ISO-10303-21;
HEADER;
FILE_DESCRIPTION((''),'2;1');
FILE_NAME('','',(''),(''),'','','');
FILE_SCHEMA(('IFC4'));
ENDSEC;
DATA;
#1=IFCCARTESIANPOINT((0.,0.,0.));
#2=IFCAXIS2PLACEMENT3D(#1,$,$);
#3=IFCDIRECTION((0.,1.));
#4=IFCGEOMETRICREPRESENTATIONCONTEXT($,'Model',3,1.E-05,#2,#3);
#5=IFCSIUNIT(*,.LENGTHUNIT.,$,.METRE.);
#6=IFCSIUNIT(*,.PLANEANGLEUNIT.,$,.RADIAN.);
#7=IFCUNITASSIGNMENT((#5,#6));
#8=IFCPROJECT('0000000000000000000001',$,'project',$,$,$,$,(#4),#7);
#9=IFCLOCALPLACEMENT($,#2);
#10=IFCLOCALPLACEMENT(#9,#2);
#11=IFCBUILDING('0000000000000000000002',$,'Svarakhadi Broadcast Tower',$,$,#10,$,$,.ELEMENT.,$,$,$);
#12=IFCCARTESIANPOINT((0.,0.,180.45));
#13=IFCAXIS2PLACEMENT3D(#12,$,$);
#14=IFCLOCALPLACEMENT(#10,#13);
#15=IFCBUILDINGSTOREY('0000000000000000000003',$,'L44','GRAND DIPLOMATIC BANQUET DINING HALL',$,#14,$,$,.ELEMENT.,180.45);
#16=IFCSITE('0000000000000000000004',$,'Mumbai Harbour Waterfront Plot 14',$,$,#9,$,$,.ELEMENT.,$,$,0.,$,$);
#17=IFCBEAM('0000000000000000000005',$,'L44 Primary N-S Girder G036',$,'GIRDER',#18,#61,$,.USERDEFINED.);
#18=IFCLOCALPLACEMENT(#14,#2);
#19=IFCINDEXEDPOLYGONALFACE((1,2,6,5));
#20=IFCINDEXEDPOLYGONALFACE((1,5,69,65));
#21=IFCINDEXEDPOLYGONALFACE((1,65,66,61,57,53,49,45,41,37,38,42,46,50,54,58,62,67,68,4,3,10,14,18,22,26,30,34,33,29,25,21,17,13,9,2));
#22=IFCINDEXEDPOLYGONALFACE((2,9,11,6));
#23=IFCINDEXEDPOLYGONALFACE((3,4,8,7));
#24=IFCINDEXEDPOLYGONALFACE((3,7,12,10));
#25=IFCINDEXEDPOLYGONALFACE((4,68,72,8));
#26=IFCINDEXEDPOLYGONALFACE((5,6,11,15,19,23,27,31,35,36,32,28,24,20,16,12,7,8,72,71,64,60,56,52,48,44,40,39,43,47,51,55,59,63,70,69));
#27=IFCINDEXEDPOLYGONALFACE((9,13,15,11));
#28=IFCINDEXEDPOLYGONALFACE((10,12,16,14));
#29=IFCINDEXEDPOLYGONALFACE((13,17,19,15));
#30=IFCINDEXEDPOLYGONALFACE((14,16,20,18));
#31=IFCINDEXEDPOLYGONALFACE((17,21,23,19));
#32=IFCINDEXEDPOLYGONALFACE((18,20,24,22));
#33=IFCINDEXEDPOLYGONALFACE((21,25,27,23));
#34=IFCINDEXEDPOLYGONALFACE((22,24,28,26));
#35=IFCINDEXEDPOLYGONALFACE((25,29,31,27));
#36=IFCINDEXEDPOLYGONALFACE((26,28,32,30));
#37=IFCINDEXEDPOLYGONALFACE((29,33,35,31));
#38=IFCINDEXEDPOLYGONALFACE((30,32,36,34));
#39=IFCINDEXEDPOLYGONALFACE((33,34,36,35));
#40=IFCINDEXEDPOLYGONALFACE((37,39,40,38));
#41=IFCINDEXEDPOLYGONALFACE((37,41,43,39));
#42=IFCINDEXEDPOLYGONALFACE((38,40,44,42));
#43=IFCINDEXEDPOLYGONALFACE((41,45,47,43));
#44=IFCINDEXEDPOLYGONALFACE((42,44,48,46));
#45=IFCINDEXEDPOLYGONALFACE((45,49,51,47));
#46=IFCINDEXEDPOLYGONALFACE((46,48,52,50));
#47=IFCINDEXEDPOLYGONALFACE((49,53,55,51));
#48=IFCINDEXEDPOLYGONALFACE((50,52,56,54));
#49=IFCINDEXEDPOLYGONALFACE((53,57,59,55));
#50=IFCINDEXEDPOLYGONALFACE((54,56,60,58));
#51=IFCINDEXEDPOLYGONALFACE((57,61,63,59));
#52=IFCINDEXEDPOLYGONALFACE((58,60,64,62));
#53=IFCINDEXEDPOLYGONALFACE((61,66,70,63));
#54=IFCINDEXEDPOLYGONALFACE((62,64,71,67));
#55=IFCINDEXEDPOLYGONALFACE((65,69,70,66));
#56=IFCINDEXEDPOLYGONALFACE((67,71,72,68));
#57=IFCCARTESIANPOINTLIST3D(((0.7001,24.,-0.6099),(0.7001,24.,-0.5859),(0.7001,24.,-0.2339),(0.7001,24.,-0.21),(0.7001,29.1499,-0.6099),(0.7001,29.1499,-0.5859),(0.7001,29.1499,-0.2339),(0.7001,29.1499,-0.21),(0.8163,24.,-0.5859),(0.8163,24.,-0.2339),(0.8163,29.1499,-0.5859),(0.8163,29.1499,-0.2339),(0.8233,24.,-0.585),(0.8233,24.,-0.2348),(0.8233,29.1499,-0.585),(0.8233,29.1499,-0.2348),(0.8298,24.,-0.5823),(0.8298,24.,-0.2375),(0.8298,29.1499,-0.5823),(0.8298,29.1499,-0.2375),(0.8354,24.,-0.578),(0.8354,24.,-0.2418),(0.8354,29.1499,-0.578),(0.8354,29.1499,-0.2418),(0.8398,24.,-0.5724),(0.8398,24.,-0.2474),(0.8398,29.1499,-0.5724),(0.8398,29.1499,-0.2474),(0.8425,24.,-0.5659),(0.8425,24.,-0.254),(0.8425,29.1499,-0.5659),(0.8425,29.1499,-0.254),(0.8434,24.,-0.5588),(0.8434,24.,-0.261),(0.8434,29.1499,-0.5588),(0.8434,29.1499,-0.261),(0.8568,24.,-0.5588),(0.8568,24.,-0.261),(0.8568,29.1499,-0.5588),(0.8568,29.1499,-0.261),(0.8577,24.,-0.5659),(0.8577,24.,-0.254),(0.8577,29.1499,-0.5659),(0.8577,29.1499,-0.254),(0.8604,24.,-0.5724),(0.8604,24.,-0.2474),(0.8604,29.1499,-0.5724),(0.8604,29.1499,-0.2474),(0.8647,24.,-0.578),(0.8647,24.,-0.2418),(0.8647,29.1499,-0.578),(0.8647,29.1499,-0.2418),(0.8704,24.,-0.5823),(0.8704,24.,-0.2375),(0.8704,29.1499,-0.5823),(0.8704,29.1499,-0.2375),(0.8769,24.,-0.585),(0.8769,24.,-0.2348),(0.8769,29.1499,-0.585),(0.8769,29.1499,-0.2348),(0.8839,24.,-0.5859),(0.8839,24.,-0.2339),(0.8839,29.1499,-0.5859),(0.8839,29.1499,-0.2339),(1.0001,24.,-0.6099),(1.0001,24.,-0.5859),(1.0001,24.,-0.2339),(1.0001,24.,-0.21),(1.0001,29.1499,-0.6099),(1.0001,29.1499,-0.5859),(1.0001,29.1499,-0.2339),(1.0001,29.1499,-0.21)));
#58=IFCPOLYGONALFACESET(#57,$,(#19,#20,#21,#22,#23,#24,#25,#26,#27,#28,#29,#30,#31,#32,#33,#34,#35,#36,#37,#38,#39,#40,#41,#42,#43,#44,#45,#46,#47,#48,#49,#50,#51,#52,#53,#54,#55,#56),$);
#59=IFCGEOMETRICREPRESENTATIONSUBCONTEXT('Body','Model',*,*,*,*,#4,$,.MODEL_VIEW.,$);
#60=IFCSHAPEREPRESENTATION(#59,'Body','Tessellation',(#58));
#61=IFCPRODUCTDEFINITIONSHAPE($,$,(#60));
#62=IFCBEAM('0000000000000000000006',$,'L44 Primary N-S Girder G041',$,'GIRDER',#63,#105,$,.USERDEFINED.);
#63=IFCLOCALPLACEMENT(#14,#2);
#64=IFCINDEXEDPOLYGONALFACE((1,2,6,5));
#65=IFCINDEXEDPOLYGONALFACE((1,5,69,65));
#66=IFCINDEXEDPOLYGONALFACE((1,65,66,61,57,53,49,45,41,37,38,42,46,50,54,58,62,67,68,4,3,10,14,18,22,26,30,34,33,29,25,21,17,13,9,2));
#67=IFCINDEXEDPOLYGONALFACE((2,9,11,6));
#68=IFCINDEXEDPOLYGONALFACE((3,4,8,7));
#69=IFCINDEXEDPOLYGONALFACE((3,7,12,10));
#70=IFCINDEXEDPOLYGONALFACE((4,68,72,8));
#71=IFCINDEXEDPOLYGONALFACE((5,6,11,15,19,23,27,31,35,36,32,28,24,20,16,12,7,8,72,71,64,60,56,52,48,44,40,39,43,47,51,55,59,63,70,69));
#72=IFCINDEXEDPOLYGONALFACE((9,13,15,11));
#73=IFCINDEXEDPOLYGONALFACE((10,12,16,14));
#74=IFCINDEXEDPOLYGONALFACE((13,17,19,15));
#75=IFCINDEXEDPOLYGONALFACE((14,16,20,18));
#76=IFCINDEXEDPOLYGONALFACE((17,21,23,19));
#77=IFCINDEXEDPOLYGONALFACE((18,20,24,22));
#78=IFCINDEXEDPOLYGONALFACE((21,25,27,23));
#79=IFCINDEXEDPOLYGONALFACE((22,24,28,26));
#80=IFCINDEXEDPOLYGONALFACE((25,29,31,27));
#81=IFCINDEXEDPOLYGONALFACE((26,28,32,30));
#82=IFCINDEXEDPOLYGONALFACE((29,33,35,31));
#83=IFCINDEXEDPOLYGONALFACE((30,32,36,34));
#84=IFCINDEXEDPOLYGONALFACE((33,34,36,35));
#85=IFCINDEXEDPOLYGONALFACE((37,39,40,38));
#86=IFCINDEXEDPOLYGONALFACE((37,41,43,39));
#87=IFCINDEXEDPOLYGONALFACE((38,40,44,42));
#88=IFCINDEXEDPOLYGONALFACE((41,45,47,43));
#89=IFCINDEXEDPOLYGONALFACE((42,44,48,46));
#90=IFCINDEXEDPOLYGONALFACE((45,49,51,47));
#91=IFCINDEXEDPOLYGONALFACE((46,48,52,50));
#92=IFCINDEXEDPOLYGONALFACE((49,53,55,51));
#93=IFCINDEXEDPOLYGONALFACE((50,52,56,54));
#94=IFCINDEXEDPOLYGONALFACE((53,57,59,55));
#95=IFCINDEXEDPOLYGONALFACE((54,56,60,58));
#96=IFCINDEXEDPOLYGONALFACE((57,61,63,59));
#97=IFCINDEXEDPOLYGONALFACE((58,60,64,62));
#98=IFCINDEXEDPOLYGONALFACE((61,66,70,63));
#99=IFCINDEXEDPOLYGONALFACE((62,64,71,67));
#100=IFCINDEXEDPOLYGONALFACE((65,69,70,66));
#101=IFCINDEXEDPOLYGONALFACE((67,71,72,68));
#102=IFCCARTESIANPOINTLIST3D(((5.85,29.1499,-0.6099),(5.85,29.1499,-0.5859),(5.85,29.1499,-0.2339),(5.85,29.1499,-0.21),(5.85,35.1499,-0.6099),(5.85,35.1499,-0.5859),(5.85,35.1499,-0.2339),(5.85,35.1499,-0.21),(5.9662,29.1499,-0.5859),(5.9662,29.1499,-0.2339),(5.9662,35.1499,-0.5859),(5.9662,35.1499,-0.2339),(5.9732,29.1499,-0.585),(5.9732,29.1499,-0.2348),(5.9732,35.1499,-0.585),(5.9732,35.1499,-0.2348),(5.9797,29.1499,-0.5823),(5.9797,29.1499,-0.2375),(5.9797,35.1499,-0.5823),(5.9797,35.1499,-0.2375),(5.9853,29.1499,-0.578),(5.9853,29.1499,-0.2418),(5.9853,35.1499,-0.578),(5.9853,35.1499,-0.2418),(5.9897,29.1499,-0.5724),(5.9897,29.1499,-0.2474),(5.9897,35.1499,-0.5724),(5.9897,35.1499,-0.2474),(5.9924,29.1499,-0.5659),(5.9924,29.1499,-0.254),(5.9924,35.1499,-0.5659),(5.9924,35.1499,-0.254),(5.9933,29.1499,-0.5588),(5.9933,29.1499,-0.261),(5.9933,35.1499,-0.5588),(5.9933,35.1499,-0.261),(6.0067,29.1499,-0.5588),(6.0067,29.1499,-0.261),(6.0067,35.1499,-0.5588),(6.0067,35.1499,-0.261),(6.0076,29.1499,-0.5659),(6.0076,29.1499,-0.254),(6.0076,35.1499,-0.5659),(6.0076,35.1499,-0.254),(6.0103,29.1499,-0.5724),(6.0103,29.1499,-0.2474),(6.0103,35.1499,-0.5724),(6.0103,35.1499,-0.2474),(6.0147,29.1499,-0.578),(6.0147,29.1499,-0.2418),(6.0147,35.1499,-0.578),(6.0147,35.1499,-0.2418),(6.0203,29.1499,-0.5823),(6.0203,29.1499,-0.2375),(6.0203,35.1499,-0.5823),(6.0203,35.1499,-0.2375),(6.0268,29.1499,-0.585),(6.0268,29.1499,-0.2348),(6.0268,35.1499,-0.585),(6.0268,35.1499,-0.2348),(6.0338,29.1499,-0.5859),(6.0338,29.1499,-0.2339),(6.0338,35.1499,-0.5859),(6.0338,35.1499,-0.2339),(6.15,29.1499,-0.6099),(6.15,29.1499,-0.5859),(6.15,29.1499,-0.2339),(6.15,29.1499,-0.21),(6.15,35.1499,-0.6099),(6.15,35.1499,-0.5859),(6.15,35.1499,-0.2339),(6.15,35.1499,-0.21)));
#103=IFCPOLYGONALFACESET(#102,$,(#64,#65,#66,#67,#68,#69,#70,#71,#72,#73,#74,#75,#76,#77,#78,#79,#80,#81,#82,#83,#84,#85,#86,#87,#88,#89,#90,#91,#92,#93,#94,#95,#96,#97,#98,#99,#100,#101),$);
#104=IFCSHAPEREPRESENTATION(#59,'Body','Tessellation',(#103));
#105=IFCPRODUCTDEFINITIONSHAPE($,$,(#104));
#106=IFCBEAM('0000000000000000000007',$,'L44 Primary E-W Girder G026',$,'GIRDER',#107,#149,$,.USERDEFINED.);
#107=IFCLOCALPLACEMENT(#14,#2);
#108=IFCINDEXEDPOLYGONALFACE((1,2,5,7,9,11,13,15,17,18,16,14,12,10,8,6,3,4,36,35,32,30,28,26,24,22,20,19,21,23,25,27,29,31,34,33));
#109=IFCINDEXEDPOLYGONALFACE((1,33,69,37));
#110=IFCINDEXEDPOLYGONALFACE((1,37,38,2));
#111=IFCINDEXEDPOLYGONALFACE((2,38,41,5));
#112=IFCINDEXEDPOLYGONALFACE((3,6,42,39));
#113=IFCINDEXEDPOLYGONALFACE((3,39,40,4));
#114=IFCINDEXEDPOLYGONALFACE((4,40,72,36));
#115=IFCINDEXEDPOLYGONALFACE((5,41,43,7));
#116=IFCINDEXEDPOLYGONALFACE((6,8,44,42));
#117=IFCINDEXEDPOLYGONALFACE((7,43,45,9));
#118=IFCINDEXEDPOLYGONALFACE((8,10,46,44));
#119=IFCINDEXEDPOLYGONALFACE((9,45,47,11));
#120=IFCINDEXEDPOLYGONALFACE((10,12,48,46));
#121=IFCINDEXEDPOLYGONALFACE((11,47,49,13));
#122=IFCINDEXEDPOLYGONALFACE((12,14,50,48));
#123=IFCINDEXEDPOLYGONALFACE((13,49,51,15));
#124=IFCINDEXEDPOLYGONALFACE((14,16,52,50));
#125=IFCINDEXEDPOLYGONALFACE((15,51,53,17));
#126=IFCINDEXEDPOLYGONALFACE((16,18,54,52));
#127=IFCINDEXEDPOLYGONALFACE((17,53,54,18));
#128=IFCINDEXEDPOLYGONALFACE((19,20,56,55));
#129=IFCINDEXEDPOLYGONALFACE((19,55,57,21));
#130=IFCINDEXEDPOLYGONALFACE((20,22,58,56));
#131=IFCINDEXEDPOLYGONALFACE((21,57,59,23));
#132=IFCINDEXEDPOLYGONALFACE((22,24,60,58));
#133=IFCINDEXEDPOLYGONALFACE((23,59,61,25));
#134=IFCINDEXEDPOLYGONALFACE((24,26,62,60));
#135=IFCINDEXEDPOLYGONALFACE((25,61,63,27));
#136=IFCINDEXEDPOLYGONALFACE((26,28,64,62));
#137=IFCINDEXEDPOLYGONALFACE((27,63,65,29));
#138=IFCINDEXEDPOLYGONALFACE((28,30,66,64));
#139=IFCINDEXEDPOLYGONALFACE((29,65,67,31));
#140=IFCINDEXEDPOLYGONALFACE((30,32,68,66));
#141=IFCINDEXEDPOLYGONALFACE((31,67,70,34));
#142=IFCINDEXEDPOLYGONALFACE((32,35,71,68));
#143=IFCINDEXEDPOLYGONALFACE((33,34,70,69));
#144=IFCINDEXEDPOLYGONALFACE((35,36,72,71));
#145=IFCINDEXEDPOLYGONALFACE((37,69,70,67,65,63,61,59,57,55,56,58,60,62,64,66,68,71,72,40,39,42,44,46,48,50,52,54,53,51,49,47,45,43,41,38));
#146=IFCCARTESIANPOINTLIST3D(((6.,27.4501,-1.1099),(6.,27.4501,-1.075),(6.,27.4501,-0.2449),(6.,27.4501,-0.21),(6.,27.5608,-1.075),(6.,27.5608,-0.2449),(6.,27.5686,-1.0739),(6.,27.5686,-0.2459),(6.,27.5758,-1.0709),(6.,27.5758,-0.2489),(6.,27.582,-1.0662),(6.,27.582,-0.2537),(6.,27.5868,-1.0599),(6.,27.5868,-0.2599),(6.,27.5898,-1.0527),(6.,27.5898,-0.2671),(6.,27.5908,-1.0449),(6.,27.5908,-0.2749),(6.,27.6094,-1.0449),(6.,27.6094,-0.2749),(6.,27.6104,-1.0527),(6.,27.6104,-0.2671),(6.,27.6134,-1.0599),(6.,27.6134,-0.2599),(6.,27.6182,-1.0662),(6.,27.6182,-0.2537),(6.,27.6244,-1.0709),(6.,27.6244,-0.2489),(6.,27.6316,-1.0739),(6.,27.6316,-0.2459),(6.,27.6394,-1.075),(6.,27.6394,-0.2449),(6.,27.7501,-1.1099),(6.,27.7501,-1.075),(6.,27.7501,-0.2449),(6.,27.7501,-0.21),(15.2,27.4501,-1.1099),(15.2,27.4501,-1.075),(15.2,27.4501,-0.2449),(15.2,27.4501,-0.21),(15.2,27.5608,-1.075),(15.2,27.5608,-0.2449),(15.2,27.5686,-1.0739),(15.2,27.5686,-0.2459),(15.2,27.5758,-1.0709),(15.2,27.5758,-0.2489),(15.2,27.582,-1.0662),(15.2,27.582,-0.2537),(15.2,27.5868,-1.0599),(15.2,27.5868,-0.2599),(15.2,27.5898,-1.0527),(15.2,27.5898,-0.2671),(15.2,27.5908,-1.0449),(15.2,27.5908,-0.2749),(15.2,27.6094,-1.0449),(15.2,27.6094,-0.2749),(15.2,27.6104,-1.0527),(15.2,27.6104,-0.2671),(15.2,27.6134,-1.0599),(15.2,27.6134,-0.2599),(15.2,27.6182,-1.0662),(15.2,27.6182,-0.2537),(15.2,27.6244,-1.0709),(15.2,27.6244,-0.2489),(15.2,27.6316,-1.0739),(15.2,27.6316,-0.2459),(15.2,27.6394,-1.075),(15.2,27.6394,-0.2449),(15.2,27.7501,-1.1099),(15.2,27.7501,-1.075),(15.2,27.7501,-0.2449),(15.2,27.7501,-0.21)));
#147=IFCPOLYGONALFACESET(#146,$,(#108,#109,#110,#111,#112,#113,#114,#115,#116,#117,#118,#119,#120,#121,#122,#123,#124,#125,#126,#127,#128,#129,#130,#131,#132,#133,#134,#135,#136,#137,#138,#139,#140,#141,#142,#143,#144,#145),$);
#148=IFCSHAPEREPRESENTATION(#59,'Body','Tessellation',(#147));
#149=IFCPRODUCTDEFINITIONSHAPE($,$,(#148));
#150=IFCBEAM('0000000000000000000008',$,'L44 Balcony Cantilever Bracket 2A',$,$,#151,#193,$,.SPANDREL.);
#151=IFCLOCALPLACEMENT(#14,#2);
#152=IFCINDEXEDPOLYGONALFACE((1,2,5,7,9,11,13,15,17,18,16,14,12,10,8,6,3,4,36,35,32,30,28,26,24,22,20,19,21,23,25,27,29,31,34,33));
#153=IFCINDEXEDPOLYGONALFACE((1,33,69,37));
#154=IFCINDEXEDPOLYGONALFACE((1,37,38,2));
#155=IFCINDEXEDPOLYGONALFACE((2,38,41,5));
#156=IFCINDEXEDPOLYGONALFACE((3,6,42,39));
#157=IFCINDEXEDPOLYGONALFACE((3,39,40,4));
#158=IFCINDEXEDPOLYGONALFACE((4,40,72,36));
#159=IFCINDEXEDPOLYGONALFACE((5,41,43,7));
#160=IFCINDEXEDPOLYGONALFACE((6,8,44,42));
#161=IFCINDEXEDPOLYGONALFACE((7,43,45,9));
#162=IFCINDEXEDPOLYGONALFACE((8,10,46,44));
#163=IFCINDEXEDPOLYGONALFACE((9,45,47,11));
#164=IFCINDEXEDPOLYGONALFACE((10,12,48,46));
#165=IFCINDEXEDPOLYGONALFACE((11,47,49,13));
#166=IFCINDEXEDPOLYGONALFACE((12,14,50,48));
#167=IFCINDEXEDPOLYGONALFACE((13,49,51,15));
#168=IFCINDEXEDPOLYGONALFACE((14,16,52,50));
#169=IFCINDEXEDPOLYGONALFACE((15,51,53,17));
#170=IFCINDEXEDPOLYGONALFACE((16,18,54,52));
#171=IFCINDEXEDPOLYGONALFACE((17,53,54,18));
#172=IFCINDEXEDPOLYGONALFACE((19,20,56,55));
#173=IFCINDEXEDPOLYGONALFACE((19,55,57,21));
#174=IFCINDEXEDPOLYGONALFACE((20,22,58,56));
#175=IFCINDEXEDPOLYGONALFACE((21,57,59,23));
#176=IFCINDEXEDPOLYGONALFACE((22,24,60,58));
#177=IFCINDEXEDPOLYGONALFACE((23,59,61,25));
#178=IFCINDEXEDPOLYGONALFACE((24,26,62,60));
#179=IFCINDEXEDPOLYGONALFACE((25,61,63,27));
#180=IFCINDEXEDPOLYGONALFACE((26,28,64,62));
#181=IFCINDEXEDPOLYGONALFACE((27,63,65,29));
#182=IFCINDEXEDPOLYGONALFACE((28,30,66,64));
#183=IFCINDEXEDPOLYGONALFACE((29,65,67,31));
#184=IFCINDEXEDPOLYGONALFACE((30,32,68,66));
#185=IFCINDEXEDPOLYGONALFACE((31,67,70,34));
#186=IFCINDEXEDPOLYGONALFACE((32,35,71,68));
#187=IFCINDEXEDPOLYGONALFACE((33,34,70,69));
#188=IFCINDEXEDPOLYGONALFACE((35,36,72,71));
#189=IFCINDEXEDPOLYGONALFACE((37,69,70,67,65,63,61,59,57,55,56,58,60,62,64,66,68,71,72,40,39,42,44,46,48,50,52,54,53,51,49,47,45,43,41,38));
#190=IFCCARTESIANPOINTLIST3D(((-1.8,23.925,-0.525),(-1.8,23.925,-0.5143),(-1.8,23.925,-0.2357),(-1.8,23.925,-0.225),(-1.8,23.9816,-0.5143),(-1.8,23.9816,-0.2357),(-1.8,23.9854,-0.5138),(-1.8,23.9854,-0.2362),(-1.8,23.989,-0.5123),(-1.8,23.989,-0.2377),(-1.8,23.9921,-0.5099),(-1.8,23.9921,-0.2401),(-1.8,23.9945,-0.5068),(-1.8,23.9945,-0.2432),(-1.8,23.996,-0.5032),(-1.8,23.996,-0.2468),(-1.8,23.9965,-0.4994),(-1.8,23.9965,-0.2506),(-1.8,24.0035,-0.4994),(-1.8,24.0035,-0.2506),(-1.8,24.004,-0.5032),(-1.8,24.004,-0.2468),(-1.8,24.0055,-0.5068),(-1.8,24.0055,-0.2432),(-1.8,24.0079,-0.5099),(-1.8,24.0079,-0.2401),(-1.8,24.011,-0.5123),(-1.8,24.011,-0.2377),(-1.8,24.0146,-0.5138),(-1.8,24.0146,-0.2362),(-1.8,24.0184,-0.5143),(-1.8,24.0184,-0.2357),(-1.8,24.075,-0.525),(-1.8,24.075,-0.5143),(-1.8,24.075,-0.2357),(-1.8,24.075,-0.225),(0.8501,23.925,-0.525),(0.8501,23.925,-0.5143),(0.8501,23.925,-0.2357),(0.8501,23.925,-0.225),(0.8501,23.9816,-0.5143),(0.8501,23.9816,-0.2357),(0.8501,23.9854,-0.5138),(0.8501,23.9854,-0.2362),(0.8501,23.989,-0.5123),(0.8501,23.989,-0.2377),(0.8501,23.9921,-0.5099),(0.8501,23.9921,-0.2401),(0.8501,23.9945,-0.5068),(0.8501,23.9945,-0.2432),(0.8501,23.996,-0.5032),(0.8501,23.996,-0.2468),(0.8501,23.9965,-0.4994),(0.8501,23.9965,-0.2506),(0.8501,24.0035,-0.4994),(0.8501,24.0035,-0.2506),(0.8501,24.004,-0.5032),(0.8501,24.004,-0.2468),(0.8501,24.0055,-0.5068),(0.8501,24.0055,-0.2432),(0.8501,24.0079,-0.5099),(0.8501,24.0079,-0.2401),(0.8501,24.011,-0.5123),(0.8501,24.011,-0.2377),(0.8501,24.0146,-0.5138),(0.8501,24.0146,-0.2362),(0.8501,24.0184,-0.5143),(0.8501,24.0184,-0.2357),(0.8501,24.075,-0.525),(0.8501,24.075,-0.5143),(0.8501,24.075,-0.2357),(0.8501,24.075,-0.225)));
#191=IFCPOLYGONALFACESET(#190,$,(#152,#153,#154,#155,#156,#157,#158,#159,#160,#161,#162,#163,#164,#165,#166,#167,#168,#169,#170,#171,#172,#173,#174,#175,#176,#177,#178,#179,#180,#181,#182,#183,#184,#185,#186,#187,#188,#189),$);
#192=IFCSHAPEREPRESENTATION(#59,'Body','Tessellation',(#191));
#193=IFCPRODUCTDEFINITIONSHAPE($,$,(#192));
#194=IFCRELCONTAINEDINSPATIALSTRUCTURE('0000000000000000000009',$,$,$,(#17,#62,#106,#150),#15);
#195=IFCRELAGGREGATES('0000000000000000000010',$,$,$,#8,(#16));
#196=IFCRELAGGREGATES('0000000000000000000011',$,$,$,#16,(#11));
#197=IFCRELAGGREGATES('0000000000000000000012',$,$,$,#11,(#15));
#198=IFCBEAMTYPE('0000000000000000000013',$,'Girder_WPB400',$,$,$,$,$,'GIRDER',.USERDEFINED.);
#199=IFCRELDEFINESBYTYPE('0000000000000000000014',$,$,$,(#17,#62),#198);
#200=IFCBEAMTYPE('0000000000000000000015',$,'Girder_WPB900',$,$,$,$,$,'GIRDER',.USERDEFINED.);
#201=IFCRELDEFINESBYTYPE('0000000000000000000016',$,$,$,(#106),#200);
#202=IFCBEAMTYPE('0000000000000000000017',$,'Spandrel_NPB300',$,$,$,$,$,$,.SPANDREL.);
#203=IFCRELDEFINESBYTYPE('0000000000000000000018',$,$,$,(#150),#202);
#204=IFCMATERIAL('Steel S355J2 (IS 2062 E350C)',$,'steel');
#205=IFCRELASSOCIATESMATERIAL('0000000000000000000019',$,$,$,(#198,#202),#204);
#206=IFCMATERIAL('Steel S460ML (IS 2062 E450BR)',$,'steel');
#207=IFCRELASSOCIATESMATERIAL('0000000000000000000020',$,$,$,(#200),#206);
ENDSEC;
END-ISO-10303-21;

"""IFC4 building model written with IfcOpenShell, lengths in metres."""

from ifc_helpers import new_model, si_unit, direction, frame, origin, origin_2d, place, context, subcontext, project, spatial, i_section, extrude, material, material_profile, profile_set, type_object, element, save


model = new_model("IFC4")

# Units and contexts
model_context = context("Model", 3, precision=1e-05, world=origin(), true_north=direction((0.0, 1.0)))
body_context = subcontext(model_context, "Body", "Model", "MODEL_VIEW")
ifc_project = project(units=[si_unit("LENGTHUNIT", "METRE"), si_unit("PLANEANGLEUNIT", "RADIAN")], contexts=[model_context])

# Site, building, storey
site_placement = place(None, origin())
site = spatial("IfcSite", under=ifc_project, at=site_placement, Name="Mumbai Harbour Waterfront Plot 14", CompositionType="ELEMENT", RefElevation=0.0)
building_placement = place(site_placement, origin())
building = spatial("IfcBuilding", under=site, at=building_placement, Name="Svarakhadi Broadcast Tower", CompositionType="ELEMENT")
storey_placement = place(building_placement, frame((0.0, 0.0, 180.45)))
storey = spatial("IfcBuildingStorey", under=building, at=storey_placement, Name="L44", Description="GRAND DIPLOMATIC BANQUET DINING HALL", CompositionType="ELEMENT", Elevation=180.45)

# Shared definitions
ifc_material_1 = material(Name="Steel S460ML (IS 2062 E450BR)", Category="steel")

# Shared definitions
ifc_material_2 = material(Name="Steel S355J2 (IS 2062 E350C)", Category="steel")

# Beams
ifc_material_profile_1 = material_profile(ifc_material_2, i_section(OverallWidth=0.3, OverallDepth=0.3999, WebThickness=0.0134, FlangeThickness=0.0239, FilletRadius=0.0271, at=origin_2d()), Name="WPB 400x300x155")
ifc_profile_set_1 = profile_set([ifc_material_profile_1], Name="Steel S355J2 (IS 2062 E350C)")
beam_type_1 = type_object("IfcBeamType", Name="Girder_WPB400", ElementType="GIRDER", PredefinedType="USERDEFINED", material=ifc_profile_set_1)
beam_1_placement = place(storey_placement, frame((0.8501, 24.0, -0.4099), z_axis=(0.0, 1.0, 0.0), x_axis=(-1.0, 0.0, 0.0)))
element("IfcBeam", 1, at=beam_1_placement, inside=storey, type_object=beam_type_1, Name="L44 Primary N-S Girder G036", ObjectType="GIRDER", PredefinedType="USERDEFINED", context=body_context, shape_type="SweptSolid", body=[
    extrude(i_section(OverallWidth=0.3, OverallDepth=0.3999, WebThickness=0.0134, FlangeThickness=0.0239, FilletRadius=0.0271, at=origin_2d()), origin(), (0.0, 0.0, 1.0), 5.1499),
])
beam_2_placement = place(storey_placement, frame((6.0, 29.1499, -0.4099), z_axis=(0.0, 1.0, 0.0), x_axis=(-1.0, 0.0, 0.0)))
element("IfcBeam", 2, at=beam_2_placement, inside=storey, type_object=beam_type_1, Name="L44 Primary N-S Girder G041", ObjectType="GIRDER", PredefinedType="USERDEFINED", context=body_context, shape_type="SweptSolid", body=[
    extrude(i_section(OverallWidth=0.3, OverallDepth=0.3999, WebThickness=0.0134, FlangeThickness=0.0239, FilletRadius=0.0271, at=origin_2d()), origin(), (0.0, 0.0, 1.0), 6.0),
])
ifc_material_profile_2 = material_profile(ifc_material_1, i_section(OverallWidth=0.3, OverallDepth=0.8999, WebThickness=0.0186, FlangeThickness=0.0349, FilletRadius=0.03, at=origin_2d()), Name="WPB 900x300x291")
ifc_profile_set_2 = profile_set([ifc_material_profile_2], Name="Steel S460ML (IS 2062 E450BR)")
beam_type_2 = type_object("IfcBeamType", Name="Girder_WPB900", ElementType="GIRDER", PredefinedType="USERDEFINED", material=ifc_profile_set_2)
beam_3_placement = place(storey_placement, frame((6.0, 27.6001, -0.6599), z_axis=(1.0, 0.0, 0.0), x_axis=(0.0, 1.0, 0.0)))
element("IfcBeam", 3, at=beam_3_placement, inside=storey, type_object=beam_type_2, Name="L44 Primary E-W Girder G026", ObjectType="GIRDER", PredefinedType="USERDEFINED", context=body_context, shape_type="SweptSolid", body=[
    extrude(i_section(OverallWidth=0.3, OverallDepth=0.8999, WebThickness=0.0186, FlangeThickness=0.0349, FilletRadius=0.03, at=origin_2d()), origin(), (0.0, 0.0, 1.0), 9.2),
])
ifc_material_profile_3 = material_profile(ifc_material_2, i_section(OverallWidth=0.1499, OverallDepth=0.3, WebThickness=0.0071, FlangeThickness=0.0107, FilletRadius=0.0149, at=origin_2d()), Name="NPB 300x150x37")
ifc_profile_set_3 = profile_set([ifc_material_profile_3], Name="Steel S355J2 (IS 2062 E350C)")
beam_type_3 = type_object("IfcBeamType", Name="Spandrel_NPB300", PredefinedType="SPANDREL", material=ifc_profile_set_3)
beam_4_placement = place(storey_placement, frame((0.8501, 24.0, -0.375), z_axis=(-1.0, 0.0, 0.0), x_axis=(0.0, -1.0, 0.0)))
element("IfcBeam", 4, at=beam_4_placement, inside=storey, type_object=beam_type_3, Name="L44 Balcony Cantilever Bracket 2A", PredefinedType="SPANDREL", context=body_context, shape_type="SweptSolid", body=[
    extrude(i_section(OverallWidth=0.1499, OverallDepth=0.3, WebThickness=0.0071, FlangeThickness=0.0107, FilletRadius=0.0149, at=origin_2d()), origin(), (0.0, 0.0, 1.0), 2.6501),
])

save(model, "model.ifc")
